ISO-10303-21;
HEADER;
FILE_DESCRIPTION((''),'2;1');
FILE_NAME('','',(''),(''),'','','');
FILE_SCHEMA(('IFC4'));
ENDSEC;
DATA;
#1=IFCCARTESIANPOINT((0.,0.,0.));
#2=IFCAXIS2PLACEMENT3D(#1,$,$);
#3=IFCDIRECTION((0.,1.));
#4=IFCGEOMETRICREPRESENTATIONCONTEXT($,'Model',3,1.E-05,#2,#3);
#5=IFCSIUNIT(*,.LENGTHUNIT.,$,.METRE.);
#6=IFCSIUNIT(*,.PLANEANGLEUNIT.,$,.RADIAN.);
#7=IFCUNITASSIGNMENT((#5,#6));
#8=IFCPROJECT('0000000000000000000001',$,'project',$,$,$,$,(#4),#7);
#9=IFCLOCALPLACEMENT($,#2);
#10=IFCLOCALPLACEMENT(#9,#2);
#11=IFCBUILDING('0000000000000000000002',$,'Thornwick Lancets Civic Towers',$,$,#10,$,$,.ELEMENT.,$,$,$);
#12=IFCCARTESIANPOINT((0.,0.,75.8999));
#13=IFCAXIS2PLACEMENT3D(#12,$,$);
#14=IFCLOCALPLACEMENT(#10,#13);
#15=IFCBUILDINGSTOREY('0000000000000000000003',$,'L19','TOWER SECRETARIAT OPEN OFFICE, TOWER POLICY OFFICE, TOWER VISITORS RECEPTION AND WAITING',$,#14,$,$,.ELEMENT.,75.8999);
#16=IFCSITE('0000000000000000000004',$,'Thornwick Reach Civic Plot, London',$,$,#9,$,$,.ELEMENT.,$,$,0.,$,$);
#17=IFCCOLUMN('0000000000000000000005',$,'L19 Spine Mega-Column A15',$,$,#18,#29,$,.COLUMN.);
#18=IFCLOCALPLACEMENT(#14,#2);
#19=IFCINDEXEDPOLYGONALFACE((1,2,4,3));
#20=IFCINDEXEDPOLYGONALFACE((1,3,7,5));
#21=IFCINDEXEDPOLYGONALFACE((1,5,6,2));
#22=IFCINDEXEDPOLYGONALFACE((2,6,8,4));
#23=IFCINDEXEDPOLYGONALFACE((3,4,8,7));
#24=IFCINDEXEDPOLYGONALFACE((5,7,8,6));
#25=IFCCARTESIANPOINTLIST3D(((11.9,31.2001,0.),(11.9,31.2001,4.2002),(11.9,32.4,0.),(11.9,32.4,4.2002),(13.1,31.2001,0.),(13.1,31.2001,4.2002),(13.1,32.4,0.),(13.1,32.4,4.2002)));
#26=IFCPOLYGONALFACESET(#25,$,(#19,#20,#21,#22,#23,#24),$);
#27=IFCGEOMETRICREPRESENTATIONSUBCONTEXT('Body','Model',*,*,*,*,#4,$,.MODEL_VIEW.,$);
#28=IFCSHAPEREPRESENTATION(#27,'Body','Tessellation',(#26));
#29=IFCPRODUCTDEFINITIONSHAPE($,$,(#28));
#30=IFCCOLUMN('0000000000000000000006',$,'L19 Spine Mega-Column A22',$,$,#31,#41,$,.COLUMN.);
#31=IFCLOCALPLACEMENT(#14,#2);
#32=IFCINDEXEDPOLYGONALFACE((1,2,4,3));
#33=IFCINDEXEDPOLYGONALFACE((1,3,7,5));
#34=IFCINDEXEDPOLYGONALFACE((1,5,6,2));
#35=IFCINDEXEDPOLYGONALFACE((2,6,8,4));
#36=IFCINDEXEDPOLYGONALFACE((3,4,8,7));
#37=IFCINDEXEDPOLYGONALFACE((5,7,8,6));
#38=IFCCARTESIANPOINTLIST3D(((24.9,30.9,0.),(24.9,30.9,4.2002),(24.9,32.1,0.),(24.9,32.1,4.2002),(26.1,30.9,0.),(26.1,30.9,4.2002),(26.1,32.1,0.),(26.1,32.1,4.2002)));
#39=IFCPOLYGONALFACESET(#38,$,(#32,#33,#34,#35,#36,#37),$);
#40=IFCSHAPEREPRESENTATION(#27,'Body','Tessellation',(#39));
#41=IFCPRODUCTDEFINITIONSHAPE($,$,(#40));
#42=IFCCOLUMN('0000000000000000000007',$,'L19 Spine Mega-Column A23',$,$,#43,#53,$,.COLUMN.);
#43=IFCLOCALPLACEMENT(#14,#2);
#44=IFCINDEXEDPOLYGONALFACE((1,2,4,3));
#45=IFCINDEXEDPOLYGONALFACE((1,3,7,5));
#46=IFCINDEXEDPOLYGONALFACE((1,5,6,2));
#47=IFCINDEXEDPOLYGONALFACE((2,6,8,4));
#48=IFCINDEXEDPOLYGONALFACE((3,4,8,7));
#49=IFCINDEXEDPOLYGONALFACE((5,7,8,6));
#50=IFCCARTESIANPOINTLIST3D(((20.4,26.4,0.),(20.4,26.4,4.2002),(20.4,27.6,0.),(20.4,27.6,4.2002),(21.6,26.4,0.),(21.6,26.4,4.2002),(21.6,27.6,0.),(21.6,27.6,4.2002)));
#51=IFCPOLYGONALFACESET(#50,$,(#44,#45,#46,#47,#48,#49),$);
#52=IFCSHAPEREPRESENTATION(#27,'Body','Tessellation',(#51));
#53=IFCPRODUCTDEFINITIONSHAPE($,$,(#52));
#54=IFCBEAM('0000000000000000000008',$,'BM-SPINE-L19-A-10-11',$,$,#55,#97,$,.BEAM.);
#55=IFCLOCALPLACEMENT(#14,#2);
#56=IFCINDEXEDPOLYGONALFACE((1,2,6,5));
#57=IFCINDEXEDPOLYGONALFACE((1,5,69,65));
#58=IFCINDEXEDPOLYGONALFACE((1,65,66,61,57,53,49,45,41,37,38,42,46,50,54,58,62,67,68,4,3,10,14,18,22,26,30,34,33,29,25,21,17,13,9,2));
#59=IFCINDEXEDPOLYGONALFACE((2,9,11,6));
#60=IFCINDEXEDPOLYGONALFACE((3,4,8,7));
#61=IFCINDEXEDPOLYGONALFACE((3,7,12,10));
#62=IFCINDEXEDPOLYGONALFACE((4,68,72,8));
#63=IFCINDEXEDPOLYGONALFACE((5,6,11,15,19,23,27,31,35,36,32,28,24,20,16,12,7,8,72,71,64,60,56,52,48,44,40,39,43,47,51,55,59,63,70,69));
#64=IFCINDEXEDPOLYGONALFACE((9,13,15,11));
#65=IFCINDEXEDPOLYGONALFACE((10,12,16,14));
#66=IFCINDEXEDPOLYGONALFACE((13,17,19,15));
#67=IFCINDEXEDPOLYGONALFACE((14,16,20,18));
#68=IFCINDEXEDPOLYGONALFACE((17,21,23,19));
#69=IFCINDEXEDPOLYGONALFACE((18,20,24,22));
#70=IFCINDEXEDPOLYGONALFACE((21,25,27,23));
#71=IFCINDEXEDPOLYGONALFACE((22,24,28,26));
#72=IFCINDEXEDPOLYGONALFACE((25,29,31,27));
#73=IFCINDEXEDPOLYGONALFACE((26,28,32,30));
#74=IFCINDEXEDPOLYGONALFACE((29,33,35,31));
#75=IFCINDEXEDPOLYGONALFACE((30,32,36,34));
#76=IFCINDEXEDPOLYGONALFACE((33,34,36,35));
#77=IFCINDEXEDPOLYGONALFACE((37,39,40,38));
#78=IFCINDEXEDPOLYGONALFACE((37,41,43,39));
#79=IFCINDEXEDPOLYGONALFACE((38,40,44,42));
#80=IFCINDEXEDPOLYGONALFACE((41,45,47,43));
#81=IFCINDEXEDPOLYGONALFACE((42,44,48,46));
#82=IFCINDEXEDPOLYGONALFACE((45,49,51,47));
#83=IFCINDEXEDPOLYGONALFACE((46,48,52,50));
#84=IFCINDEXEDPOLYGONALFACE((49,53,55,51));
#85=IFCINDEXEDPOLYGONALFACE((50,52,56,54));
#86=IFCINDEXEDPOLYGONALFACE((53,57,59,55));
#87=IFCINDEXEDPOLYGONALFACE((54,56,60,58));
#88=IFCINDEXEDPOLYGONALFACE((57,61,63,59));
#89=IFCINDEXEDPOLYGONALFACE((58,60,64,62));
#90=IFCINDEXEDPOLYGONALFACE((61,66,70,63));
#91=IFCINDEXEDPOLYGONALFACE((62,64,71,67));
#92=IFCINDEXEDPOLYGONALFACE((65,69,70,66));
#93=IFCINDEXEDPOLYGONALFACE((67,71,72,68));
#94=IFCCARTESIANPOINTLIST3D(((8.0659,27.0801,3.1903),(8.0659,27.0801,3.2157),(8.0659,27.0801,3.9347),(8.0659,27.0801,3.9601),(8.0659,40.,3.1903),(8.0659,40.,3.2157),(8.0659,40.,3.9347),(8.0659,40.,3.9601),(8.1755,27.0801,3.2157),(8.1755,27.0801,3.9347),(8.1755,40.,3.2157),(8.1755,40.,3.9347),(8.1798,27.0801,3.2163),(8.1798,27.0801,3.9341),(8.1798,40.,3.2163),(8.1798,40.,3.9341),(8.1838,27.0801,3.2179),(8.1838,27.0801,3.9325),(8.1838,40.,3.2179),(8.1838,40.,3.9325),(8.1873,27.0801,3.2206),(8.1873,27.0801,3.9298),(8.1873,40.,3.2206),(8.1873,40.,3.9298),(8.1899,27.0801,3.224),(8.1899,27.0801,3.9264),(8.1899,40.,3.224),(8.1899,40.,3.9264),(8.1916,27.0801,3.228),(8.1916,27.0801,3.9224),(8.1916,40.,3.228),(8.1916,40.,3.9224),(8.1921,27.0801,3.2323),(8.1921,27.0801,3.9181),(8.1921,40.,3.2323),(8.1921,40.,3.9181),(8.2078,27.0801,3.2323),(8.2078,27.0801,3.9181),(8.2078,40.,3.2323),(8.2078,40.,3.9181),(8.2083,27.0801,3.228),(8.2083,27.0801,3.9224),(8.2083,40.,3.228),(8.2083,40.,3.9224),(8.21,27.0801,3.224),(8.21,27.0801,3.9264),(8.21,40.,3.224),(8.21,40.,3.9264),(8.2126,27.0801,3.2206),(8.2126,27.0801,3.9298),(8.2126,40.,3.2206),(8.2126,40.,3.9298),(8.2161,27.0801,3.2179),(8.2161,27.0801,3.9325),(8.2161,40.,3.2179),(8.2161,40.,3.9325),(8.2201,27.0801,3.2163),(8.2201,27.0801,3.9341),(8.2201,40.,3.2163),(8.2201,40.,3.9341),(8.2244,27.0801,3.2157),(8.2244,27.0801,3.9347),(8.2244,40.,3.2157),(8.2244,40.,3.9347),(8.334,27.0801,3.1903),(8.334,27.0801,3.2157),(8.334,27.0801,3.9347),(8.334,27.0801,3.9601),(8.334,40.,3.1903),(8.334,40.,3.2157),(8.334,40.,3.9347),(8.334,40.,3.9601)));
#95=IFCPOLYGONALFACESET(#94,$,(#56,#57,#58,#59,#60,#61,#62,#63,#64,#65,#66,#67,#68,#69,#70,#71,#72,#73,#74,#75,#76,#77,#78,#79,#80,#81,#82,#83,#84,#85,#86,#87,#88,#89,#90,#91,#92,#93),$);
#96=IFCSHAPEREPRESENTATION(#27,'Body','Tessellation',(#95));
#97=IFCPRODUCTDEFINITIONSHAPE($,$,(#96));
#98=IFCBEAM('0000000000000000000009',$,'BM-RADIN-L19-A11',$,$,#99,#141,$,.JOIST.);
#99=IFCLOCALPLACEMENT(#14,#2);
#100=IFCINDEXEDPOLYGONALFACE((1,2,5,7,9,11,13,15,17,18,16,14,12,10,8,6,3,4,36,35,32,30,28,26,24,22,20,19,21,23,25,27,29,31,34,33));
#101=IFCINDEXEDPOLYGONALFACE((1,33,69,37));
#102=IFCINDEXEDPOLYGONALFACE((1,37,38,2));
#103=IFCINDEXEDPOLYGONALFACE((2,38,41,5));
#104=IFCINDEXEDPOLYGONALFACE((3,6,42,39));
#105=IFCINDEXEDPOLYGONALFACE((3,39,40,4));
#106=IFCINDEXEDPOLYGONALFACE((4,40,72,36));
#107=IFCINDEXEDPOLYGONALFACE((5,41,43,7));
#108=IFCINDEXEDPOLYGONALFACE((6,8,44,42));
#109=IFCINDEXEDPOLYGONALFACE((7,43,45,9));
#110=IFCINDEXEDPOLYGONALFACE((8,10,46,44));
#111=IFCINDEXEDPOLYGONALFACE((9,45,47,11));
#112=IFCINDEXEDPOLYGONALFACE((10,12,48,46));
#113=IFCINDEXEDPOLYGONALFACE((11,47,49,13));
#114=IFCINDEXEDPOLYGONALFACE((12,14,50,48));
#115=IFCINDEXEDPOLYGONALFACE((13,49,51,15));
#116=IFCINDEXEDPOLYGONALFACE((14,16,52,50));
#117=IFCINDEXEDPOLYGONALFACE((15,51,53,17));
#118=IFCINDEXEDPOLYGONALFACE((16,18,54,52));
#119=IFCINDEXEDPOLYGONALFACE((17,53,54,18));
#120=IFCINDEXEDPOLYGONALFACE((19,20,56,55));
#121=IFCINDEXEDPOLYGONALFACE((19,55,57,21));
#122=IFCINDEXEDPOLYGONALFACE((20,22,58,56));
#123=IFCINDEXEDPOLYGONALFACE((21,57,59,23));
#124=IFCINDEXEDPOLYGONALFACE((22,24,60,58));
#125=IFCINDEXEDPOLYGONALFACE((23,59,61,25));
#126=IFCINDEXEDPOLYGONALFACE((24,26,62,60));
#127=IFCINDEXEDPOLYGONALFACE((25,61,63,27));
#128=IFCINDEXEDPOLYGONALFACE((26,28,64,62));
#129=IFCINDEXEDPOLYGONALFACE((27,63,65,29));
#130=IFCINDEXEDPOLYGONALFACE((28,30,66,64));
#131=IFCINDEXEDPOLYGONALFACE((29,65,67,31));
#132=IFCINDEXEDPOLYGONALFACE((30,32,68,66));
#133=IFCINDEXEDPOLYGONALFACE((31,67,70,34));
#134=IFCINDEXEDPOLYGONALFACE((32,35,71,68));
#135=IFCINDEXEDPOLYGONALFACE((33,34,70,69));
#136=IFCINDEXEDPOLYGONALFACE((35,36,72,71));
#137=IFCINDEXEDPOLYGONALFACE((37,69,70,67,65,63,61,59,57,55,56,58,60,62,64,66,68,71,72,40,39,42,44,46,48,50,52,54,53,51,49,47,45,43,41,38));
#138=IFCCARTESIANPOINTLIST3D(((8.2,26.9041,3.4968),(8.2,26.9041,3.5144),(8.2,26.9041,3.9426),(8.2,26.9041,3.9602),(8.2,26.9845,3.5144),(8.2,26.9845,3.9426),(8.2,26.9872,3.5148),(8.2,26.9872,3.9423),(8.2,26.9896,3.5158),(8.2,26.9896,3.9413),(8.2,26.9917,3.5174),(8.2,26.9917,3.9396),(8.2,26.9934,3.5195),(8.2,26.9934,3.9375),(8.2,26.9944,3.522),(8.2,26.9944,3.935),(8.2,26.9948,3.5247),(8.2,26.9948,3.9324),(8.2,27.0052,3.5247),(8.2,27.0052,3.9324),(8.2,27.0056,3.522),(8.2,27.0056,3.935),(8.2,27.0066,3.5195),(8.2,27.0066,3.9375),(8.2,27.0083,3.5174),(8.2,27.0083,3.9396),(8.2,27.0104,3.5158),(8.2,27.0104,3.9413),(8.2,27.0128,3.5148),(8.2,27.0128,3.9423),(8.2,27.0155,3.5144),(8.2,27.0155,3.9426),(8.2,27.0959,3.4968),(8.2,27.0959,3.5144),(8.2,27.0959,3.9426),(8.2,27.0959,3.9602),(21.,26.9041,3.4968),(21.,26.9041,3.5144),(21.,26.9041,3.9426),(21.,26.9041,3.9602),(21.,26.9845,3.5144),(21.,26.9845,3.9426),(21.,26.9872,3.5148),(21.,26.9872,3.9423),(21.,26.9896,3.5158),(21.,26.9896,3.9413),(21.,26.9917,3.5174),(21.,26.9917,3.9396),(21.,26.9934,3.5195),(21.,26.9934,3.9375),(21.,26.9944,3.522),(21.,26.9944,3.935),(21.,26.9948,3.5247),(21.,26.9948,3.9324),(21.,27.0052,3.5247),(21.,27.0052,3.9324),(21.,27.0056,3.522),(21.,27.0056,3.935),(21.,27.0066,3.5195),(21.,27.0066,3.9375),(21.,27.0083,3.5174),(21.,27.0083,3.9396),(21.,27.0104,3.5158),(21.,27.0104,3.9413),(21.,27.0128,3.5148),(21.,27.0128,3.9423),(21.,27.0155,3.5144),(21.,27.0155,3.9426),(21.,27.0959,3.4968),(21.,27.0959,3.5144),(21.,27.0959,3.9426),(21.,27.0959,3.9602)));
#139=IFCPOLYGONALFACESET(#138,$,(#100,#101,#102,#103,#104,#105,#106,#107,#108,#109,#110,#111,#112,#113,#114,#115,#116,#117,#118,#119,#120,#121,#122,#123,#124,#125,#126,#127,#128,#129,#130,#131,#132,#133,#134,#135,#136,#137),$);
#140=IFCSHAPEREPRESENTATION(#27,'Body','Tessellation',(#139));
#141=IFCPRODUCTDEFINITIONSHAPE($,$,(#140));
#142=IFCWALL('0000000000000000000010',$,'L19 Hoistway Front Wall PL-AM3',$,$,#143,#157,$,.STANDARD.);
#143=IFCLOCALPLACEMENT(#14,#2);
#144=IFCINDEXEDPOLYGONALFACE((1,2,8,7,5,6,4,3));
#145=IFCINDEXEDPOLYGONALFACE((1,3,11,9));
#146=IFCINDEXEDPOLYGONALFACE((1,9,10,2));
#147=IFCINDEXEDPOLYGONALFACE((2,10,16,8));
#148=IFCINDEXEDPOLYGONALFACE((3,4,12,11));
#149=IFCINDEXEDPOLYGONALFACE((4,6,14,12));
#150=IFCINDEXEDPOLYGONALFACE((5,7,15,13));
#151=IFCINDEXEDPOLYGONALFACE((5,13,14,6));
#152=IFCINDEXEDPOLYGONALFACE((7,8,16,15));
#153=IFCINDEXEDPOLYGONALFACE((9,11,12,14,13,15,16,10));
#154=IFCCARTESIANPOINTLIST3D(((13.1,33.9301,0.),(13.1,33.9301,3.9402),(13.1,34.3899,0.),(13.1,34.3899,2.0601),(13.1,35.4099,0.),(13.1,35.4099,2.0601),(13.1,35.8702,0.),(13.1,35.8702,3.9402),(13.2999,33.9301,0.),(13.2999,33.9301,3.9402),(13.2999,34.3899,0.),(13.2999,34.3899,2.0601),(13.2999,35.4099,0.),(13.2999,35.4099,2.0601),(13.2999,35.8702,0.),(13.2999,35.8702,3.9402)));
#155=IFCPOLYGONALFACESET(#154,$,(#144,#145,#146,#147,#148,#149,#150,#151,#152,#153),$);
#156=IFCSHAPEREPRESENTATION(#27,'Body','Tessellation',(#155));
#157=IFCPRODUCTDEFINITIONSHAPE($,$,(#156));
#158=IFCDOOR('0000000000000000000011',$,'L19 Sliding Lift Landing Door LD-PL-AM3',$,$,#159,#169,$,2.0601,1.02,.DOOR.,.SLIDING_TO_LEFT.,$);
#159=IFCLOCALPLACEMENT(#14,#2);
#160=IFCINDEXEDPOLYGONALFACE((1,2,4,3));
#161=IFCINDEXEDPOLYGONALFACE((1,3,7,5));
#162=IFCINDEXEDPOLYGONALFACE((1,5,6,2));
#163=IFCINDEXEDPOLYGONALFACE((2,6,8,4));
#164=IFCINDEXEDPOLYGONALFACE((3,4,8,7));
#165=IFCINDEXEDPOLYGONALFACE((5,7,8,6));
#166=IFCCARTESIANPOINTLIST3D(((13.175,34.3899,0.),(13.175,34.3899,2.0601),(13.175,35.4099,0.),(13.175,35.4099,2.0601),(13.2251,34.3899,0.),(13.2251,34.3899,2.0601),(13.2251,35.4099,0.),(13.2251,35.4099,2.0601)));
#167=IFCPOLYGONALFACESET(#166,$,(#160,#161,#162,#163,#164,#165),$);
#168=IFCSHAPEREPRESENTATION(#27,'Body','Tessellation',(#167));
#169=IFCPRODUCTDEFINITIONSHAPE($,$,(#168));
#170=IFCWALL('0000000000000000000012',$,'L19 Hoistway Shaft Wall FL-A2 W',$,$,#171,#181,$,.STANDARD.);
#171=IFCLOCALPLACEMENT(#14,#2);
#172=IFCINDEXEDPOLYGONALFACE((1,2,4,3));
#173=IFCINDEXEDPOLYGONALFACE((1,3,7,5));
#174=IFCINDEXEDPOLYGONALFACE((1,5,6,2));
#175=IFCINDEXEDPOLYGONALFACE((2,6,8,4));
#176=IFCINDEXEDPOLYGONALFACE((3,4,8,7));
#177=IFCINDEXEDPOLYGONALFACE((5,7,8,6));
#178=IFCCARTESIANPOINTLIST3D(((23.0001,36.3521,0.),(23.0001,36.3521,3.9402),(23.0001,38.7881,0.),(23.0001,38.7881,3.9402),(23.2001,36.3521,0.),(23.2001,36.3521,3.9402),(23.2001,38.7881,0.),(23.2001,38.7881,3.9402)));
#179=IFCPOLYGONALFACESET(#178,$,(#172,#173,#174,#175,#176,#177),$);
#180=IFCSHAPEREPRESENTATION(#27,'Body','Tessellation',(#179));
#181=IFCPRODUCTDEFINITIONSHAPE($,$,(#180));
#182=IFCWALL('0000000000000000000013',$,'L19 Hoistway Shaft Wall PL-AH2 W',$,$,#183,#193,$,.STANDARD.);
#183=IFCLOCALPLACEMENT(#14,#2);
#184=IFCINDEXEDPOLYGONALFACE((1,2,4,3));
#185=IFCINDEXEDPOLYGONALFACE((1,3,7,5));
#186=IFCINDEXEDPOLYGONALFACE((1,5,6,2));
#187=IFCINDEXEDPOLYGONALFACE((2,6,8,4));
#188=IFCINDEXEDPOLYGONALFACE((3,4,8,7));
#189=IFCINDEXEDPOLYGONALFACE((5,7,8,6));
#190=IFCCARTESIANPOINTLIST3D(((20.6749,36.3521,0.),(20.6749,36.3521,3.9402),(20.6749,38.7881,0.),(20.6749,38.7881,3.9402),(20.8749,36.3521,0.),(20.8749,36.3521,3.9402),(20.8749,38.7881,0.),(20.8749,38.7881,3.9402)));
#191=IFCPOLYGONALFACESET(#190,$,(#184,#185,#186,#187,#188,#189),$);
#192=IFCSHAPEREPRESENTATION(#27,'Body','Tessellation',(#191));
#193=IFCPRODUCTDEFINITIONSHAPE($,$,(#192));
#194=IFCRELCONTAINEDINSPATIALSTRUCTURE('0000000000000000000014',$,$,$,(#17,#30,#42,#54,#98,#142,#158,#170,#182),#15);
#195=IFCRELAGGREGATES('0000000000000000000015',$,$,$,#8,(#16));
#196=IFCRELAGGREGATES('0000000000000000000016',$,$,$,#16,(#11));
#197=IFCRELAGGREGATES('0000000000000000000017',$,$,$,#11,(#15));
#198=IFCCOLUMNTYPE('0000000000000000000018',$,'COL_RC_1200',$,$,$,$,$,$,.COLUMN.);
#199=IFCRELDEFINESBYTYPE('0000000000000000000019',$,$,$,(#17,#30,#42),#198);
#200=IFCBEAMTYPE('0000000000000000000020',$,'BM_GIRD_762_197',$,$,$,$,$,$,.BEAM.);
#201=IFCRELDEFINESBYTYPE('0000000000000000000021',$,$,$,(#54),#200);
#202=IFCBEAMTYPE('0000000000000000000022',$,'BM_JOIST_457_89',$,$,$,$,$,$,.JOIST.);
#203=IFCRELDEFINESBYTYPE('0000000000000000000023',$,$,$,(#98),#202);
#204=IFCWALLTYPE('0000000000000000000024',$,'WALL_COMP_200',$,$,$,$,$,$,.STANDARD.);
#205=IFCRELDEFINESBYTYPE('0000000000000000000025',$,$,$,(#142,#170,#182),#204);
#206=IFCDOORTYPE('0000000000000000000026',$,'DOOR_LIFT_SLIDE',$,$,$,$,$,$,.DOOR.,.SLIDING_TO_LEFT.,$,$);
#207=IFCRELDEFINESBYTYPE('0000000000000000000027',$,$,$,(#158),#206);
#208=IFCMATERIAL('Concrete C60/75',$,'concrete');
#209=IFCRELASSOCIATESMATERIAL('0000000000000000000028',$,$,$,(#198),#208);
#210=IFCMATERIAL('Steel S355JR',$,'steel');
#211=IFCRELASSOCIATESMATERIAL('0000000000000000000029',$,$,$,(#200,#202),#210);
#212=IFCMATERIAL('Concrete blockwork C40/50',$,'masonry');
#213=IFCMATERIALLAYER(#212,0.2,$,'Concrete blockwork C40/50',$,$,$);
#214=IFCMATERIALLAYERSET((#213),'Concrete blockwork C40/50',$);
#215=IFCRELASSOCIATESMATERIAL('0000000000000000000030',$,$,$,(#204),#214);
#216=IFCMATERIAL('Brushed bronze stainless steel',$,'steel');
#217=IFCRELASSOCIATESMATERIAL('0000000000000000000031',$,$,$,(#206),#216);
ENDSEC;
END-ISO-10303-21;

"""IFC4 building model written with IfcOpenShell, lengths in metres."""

from ifc_helpers import new_model, si_unit, direction, frame, frame_2d, origin, origin_2d, place, context, subcontext, project, spatial, rectangle, i_section, extrude, material, layer, layer_set, material_profile, profile_set, type_object, element, fill, save


model = new_model("IFC4")

# Units and contexts
model_context = context("Model", 3, precision=1e-05, world=origin(), true_north=direction((0.0, 1.0)))
body_context = subcontext(model_context, "Body", "Model", "MODEL_VIEW")
ifc_project = project(units=[si_unit("LENGTHUNIT", "METRE"), si_unit("PLANEANGLEUNIT", "RADIAN")], contexts=[model_context])

# Site, building, storey
site_placement = place(None, origin())
site = spatial("IfcSite", under=ifc_project, at=site_placement, Name="Thornwick Reach Civic Plot, London", CompositionType="ELEMENT", RefElevation=0.0)
building_placement = place(site_placement, origin())
building = spatial("IfcBuilding", under=site, at=building_placement, Name="Thornwick Lancets Civic Towers", CompositionType="ELEMENT")
storey_placement = place(building_placement, frame((0.0, 0.0, 75.8999)))
storey = spatial("IfcBuildingStorey", under=building, at=storey_placement, Name="L19", Description="TOWER SECRETARIAT OPEN OFFICE, TOWER POLICY OFFICE, TOWER VISITORS RECEPTION AND WAITING", CompositionType="ELEMENT", Elevation=75.8999)

# Columns
ifc_material_1 = material(Name="Concrete C60/75", Category="concrete")
ifc_material_profile_1 = material_profile(ifc_material_1, rectangle(XDim=1.2, YDim=1.2, at=origin_2d()), Name="RC 1200x1200")
ifc_profile_set_1 = profile_set([ifc_material_profile_1], Name="Concrete C60/75")
column_type = type_object("IfcColumnType", Name="COL_RC_1200", PredefinedType="COLUMN", material=ifc_profile_set_1)
for number, where, z_axis, x_axis, name in (
    (1, (12.5, 31.8, 0.0), (0.0, 0.0, 1.0), (1.0, 0.0, 0.0), "L19 Spine Mega-Column A15"),
    (2, (25.5, 31.5, 0.0), (0.0, 0.0, 1.0), (1.0, 0.0, 0.0), "L19 Spine Mega-Column A22"),
    (3, (21.0, 27.0, 0.0), (0.0, 0.0, 1.0), (1.0, 0.0, 0.0), "L19 Spine Mega-Column A23"),
):
    element("IfcColumn", number, at=place(storey_placement, frame(where, z_axis=z_axis, x_axis=x_axis)), inside=storey, type_object=column_type, Name=name, PredefinedType="COLUMN", context=body_context, shape_type="SweptSolid", body=[
        extrude(rectangle(XDim=1.2, YDim=1.2, at=origin_2d()), origin(), (0.0, 0.0, 1.0), 4.2002),
    ])

# Beams
ifc_material_2 = material(Name="Steel S355JR", Category="steel")
ifc_material_profile_2 = material_profile(ifc_material_2, i_section(OverallWidth=0.2681, OverallDepth=0.7698, WebThickness=0.0156, FlangeThickness=0.0254, FilletRadius=0.0166, at=origin_2d()), Name="UKB 762x267x197")
ifc_profile_set_2 = profile_set([ifc_material_profile_2], Name="Steel S355JR")
beam_type_1 = type_object("IfcBeamType", Name="BM_GIRD_762_197", PredefinedType="BEAM", material=ifc_profile_set_2)
beam_1_placement = place(storey_placement, frame((8.2, 27.0801, 3.5752), z_axis=(0.0, 1.0, 0.0), x_axis=(-1.0, 0.0, 0.0)))
element("IfcBeam", 4, at=beam_1_placement, inside=storey, type_object=beam_type_1, Name="BM-SPINE-L19-A-10-11", PredefinedType="BEAM", context=body_context, shape_type="SweptSolid", body=[
    extrude(i_section(OverallWidth=0.2681, OverallDepth=0.7698, WebThickness=0.0156, FlangeThickness=0.0254, FilletRadius=0.0166, at=origin_2d()), origin(), (0.0, 0.0, 1.0), 12.9199),
])
ifc_material_profile_3 = material_profile(ifc_material_2, i_section(OverallWidth=0.1919, OverallDepth=0.4634, WebThickness=0.0105, FlangeThickness=0.0176, FilletRadius=0.0103, at=origin_2d()), Name="UKB 457x191x89")
ifc_profile_set_3 = profile_set([ifc_material_profile_3], Name="Steel S355JR")
beam_type_2 = type_object("IfcBeamType", Name="BM_JOIST_457_89", PredefinedType="JOIST", material=ifc_profile_set_3)
beam_2_placement = place(storey_placement, frame((21.0, 27.0, 3.7285), z_axis=(-1.0, 0.0, 0.0), x_axis=(0.0, -1.0, 0.0)))
element("IfcBeam", 5, at=beam_2_placement, inside=storey, type_object=beam_type_2, Name="BM-RADIN-L19-A11", PredefinedType="JOIST", context=body_context, shape_type="SweptSolid", body=[
    extrude(i_section(OverallWidth=0.1919, OverallDepth=0.4634, WebThickness=0.0105, FlangeThickness=0.0176, FilletRadius=0.0103, at=origin_2d()), origin(), (0.0, 0.0, 1.0), 12.8),
])

# Wall, opening, door
ifc_material_3 = material(Name="Concrete blockwork C40/50", Category="masonry")
ifc_layer_1 = layer(ifc_material_3, 0.2, Name="Concrete blockwork C40/50")
ifc_layer_set_1 = layer_set([ifc_layer_1], Name="Concrete blockwork C40/50")
wall_type_1 = type_object("IfcWallType", Name="WALL_COMP_200", PredefinedType="STANDARD", material=ifc_layer_set_1)
wall_1_placement = place(storey_placement, frame((13.2, 33.9299, 0.0), z_axis=(0.0, 0.0, 1.0), x_axis=(0.0, 1.0, 0.0)))
wall_1 = element("IfcWall", 6, at=wall_1_placement, inside=storey, type_object=wall_type_1, Name="L19 Hoistway Front Wall PL-AM3", PredefinedType="STANDARD", context=body_context, shape_type="SweptSolid", body=[
    extrude(rectangle(XDim=1.9402, YDim=0.2, at=frame_2d((0.9702, 0.0))), origin(), (0.0, 0.0, 1.0), 3.9402),
])
opening_1_placement = place(wall_1_placement, frame((0.46, 0.0, 0.0)))
opening_1 = element("IfcOpeningElement", 7, at=opening_1_placement, cuts=wall_1, PredefinedType="OPENING", context=body_context, shape_type="SweptSolid", body=[
    extrude(rectangle(XDim=1.02, YDim=2.0601, at=frame_2d((0.51, 1.03))), frame((0.0, 0.1099, 0.0), z_axis=(0.0, -1.0, 0.0), x_axis=(1.0, 0.0, 0.0)), (0.0, 0.0, 1.0), 0.22),
])
ifc_material_4 = material(Name="Brushed bronze stainless steel", Category="steel")
door_type_1 = type_object("IfcDoorType", Name="DOOR_LIFT_SLIDE", OperationType="SLIDING_TO_LEFT", PredefinedType="DOOR", material=ifc_material_4)
door_1_placement = place(opening_1_placement, origin())
door_1 = element("IfcDoor", 8, at=door_1_placement, inside=storey, type_object=door_type_1, Name="L19 Sliding Lift Landing Door LD-PL-AM3", OperationType="SLIDING_TO_LEFT", OverallHeight=2.0601, OverallWidth=1.02, PredefinedType="DOOR", context=body_context, shape_type="SweptSolid", body=[
    extrude(rectangle(XDim=1.02, YDim=2.0601, at=frame_2d((0.51, 1.03))), frame((0.0, 0.0249, 0.0), z_axis=(0.0, -1.0, 0.0), x_axis=(1.0, 0.0, 0.0)), (0.0, 0.0, 1.0), 0.05),
])
fill(opening_1, door_1)

# Walls
for number, where, z_axis, x_axis, name in (
    (9, (23.1001, 36.3521, 0.0), (0.0, 0.0, 1.0), (0.0, 1.0, 0.0), "L19 Hoistway Shaft Wall FL-A2 W"),
    (10, (20.7749, 36.3521, 0.0), (0.0, 0.0, 1.0), (0.0, 1.0, 0.0), "L19 Hoistway Shaft Wall PL-AH2 W"),
):
    element("IfcWall", number, at=place(storey_placement, frame(where, z_axis=z_axis, x_axis=x_axis)), inside=storey, type_object=wall_type_1, Name=name, PredefinedType="STANDARD", context=body_context, shape_type="SweptSolid", body=[
        extrude(rectangle(XDim=2.436, YDim=0.2, at=frame_2d((1.218, 0.0))), origin(), (0.0, 0.0, 1.0), 3.9402),
    ])

save(model, "model.ifc")
